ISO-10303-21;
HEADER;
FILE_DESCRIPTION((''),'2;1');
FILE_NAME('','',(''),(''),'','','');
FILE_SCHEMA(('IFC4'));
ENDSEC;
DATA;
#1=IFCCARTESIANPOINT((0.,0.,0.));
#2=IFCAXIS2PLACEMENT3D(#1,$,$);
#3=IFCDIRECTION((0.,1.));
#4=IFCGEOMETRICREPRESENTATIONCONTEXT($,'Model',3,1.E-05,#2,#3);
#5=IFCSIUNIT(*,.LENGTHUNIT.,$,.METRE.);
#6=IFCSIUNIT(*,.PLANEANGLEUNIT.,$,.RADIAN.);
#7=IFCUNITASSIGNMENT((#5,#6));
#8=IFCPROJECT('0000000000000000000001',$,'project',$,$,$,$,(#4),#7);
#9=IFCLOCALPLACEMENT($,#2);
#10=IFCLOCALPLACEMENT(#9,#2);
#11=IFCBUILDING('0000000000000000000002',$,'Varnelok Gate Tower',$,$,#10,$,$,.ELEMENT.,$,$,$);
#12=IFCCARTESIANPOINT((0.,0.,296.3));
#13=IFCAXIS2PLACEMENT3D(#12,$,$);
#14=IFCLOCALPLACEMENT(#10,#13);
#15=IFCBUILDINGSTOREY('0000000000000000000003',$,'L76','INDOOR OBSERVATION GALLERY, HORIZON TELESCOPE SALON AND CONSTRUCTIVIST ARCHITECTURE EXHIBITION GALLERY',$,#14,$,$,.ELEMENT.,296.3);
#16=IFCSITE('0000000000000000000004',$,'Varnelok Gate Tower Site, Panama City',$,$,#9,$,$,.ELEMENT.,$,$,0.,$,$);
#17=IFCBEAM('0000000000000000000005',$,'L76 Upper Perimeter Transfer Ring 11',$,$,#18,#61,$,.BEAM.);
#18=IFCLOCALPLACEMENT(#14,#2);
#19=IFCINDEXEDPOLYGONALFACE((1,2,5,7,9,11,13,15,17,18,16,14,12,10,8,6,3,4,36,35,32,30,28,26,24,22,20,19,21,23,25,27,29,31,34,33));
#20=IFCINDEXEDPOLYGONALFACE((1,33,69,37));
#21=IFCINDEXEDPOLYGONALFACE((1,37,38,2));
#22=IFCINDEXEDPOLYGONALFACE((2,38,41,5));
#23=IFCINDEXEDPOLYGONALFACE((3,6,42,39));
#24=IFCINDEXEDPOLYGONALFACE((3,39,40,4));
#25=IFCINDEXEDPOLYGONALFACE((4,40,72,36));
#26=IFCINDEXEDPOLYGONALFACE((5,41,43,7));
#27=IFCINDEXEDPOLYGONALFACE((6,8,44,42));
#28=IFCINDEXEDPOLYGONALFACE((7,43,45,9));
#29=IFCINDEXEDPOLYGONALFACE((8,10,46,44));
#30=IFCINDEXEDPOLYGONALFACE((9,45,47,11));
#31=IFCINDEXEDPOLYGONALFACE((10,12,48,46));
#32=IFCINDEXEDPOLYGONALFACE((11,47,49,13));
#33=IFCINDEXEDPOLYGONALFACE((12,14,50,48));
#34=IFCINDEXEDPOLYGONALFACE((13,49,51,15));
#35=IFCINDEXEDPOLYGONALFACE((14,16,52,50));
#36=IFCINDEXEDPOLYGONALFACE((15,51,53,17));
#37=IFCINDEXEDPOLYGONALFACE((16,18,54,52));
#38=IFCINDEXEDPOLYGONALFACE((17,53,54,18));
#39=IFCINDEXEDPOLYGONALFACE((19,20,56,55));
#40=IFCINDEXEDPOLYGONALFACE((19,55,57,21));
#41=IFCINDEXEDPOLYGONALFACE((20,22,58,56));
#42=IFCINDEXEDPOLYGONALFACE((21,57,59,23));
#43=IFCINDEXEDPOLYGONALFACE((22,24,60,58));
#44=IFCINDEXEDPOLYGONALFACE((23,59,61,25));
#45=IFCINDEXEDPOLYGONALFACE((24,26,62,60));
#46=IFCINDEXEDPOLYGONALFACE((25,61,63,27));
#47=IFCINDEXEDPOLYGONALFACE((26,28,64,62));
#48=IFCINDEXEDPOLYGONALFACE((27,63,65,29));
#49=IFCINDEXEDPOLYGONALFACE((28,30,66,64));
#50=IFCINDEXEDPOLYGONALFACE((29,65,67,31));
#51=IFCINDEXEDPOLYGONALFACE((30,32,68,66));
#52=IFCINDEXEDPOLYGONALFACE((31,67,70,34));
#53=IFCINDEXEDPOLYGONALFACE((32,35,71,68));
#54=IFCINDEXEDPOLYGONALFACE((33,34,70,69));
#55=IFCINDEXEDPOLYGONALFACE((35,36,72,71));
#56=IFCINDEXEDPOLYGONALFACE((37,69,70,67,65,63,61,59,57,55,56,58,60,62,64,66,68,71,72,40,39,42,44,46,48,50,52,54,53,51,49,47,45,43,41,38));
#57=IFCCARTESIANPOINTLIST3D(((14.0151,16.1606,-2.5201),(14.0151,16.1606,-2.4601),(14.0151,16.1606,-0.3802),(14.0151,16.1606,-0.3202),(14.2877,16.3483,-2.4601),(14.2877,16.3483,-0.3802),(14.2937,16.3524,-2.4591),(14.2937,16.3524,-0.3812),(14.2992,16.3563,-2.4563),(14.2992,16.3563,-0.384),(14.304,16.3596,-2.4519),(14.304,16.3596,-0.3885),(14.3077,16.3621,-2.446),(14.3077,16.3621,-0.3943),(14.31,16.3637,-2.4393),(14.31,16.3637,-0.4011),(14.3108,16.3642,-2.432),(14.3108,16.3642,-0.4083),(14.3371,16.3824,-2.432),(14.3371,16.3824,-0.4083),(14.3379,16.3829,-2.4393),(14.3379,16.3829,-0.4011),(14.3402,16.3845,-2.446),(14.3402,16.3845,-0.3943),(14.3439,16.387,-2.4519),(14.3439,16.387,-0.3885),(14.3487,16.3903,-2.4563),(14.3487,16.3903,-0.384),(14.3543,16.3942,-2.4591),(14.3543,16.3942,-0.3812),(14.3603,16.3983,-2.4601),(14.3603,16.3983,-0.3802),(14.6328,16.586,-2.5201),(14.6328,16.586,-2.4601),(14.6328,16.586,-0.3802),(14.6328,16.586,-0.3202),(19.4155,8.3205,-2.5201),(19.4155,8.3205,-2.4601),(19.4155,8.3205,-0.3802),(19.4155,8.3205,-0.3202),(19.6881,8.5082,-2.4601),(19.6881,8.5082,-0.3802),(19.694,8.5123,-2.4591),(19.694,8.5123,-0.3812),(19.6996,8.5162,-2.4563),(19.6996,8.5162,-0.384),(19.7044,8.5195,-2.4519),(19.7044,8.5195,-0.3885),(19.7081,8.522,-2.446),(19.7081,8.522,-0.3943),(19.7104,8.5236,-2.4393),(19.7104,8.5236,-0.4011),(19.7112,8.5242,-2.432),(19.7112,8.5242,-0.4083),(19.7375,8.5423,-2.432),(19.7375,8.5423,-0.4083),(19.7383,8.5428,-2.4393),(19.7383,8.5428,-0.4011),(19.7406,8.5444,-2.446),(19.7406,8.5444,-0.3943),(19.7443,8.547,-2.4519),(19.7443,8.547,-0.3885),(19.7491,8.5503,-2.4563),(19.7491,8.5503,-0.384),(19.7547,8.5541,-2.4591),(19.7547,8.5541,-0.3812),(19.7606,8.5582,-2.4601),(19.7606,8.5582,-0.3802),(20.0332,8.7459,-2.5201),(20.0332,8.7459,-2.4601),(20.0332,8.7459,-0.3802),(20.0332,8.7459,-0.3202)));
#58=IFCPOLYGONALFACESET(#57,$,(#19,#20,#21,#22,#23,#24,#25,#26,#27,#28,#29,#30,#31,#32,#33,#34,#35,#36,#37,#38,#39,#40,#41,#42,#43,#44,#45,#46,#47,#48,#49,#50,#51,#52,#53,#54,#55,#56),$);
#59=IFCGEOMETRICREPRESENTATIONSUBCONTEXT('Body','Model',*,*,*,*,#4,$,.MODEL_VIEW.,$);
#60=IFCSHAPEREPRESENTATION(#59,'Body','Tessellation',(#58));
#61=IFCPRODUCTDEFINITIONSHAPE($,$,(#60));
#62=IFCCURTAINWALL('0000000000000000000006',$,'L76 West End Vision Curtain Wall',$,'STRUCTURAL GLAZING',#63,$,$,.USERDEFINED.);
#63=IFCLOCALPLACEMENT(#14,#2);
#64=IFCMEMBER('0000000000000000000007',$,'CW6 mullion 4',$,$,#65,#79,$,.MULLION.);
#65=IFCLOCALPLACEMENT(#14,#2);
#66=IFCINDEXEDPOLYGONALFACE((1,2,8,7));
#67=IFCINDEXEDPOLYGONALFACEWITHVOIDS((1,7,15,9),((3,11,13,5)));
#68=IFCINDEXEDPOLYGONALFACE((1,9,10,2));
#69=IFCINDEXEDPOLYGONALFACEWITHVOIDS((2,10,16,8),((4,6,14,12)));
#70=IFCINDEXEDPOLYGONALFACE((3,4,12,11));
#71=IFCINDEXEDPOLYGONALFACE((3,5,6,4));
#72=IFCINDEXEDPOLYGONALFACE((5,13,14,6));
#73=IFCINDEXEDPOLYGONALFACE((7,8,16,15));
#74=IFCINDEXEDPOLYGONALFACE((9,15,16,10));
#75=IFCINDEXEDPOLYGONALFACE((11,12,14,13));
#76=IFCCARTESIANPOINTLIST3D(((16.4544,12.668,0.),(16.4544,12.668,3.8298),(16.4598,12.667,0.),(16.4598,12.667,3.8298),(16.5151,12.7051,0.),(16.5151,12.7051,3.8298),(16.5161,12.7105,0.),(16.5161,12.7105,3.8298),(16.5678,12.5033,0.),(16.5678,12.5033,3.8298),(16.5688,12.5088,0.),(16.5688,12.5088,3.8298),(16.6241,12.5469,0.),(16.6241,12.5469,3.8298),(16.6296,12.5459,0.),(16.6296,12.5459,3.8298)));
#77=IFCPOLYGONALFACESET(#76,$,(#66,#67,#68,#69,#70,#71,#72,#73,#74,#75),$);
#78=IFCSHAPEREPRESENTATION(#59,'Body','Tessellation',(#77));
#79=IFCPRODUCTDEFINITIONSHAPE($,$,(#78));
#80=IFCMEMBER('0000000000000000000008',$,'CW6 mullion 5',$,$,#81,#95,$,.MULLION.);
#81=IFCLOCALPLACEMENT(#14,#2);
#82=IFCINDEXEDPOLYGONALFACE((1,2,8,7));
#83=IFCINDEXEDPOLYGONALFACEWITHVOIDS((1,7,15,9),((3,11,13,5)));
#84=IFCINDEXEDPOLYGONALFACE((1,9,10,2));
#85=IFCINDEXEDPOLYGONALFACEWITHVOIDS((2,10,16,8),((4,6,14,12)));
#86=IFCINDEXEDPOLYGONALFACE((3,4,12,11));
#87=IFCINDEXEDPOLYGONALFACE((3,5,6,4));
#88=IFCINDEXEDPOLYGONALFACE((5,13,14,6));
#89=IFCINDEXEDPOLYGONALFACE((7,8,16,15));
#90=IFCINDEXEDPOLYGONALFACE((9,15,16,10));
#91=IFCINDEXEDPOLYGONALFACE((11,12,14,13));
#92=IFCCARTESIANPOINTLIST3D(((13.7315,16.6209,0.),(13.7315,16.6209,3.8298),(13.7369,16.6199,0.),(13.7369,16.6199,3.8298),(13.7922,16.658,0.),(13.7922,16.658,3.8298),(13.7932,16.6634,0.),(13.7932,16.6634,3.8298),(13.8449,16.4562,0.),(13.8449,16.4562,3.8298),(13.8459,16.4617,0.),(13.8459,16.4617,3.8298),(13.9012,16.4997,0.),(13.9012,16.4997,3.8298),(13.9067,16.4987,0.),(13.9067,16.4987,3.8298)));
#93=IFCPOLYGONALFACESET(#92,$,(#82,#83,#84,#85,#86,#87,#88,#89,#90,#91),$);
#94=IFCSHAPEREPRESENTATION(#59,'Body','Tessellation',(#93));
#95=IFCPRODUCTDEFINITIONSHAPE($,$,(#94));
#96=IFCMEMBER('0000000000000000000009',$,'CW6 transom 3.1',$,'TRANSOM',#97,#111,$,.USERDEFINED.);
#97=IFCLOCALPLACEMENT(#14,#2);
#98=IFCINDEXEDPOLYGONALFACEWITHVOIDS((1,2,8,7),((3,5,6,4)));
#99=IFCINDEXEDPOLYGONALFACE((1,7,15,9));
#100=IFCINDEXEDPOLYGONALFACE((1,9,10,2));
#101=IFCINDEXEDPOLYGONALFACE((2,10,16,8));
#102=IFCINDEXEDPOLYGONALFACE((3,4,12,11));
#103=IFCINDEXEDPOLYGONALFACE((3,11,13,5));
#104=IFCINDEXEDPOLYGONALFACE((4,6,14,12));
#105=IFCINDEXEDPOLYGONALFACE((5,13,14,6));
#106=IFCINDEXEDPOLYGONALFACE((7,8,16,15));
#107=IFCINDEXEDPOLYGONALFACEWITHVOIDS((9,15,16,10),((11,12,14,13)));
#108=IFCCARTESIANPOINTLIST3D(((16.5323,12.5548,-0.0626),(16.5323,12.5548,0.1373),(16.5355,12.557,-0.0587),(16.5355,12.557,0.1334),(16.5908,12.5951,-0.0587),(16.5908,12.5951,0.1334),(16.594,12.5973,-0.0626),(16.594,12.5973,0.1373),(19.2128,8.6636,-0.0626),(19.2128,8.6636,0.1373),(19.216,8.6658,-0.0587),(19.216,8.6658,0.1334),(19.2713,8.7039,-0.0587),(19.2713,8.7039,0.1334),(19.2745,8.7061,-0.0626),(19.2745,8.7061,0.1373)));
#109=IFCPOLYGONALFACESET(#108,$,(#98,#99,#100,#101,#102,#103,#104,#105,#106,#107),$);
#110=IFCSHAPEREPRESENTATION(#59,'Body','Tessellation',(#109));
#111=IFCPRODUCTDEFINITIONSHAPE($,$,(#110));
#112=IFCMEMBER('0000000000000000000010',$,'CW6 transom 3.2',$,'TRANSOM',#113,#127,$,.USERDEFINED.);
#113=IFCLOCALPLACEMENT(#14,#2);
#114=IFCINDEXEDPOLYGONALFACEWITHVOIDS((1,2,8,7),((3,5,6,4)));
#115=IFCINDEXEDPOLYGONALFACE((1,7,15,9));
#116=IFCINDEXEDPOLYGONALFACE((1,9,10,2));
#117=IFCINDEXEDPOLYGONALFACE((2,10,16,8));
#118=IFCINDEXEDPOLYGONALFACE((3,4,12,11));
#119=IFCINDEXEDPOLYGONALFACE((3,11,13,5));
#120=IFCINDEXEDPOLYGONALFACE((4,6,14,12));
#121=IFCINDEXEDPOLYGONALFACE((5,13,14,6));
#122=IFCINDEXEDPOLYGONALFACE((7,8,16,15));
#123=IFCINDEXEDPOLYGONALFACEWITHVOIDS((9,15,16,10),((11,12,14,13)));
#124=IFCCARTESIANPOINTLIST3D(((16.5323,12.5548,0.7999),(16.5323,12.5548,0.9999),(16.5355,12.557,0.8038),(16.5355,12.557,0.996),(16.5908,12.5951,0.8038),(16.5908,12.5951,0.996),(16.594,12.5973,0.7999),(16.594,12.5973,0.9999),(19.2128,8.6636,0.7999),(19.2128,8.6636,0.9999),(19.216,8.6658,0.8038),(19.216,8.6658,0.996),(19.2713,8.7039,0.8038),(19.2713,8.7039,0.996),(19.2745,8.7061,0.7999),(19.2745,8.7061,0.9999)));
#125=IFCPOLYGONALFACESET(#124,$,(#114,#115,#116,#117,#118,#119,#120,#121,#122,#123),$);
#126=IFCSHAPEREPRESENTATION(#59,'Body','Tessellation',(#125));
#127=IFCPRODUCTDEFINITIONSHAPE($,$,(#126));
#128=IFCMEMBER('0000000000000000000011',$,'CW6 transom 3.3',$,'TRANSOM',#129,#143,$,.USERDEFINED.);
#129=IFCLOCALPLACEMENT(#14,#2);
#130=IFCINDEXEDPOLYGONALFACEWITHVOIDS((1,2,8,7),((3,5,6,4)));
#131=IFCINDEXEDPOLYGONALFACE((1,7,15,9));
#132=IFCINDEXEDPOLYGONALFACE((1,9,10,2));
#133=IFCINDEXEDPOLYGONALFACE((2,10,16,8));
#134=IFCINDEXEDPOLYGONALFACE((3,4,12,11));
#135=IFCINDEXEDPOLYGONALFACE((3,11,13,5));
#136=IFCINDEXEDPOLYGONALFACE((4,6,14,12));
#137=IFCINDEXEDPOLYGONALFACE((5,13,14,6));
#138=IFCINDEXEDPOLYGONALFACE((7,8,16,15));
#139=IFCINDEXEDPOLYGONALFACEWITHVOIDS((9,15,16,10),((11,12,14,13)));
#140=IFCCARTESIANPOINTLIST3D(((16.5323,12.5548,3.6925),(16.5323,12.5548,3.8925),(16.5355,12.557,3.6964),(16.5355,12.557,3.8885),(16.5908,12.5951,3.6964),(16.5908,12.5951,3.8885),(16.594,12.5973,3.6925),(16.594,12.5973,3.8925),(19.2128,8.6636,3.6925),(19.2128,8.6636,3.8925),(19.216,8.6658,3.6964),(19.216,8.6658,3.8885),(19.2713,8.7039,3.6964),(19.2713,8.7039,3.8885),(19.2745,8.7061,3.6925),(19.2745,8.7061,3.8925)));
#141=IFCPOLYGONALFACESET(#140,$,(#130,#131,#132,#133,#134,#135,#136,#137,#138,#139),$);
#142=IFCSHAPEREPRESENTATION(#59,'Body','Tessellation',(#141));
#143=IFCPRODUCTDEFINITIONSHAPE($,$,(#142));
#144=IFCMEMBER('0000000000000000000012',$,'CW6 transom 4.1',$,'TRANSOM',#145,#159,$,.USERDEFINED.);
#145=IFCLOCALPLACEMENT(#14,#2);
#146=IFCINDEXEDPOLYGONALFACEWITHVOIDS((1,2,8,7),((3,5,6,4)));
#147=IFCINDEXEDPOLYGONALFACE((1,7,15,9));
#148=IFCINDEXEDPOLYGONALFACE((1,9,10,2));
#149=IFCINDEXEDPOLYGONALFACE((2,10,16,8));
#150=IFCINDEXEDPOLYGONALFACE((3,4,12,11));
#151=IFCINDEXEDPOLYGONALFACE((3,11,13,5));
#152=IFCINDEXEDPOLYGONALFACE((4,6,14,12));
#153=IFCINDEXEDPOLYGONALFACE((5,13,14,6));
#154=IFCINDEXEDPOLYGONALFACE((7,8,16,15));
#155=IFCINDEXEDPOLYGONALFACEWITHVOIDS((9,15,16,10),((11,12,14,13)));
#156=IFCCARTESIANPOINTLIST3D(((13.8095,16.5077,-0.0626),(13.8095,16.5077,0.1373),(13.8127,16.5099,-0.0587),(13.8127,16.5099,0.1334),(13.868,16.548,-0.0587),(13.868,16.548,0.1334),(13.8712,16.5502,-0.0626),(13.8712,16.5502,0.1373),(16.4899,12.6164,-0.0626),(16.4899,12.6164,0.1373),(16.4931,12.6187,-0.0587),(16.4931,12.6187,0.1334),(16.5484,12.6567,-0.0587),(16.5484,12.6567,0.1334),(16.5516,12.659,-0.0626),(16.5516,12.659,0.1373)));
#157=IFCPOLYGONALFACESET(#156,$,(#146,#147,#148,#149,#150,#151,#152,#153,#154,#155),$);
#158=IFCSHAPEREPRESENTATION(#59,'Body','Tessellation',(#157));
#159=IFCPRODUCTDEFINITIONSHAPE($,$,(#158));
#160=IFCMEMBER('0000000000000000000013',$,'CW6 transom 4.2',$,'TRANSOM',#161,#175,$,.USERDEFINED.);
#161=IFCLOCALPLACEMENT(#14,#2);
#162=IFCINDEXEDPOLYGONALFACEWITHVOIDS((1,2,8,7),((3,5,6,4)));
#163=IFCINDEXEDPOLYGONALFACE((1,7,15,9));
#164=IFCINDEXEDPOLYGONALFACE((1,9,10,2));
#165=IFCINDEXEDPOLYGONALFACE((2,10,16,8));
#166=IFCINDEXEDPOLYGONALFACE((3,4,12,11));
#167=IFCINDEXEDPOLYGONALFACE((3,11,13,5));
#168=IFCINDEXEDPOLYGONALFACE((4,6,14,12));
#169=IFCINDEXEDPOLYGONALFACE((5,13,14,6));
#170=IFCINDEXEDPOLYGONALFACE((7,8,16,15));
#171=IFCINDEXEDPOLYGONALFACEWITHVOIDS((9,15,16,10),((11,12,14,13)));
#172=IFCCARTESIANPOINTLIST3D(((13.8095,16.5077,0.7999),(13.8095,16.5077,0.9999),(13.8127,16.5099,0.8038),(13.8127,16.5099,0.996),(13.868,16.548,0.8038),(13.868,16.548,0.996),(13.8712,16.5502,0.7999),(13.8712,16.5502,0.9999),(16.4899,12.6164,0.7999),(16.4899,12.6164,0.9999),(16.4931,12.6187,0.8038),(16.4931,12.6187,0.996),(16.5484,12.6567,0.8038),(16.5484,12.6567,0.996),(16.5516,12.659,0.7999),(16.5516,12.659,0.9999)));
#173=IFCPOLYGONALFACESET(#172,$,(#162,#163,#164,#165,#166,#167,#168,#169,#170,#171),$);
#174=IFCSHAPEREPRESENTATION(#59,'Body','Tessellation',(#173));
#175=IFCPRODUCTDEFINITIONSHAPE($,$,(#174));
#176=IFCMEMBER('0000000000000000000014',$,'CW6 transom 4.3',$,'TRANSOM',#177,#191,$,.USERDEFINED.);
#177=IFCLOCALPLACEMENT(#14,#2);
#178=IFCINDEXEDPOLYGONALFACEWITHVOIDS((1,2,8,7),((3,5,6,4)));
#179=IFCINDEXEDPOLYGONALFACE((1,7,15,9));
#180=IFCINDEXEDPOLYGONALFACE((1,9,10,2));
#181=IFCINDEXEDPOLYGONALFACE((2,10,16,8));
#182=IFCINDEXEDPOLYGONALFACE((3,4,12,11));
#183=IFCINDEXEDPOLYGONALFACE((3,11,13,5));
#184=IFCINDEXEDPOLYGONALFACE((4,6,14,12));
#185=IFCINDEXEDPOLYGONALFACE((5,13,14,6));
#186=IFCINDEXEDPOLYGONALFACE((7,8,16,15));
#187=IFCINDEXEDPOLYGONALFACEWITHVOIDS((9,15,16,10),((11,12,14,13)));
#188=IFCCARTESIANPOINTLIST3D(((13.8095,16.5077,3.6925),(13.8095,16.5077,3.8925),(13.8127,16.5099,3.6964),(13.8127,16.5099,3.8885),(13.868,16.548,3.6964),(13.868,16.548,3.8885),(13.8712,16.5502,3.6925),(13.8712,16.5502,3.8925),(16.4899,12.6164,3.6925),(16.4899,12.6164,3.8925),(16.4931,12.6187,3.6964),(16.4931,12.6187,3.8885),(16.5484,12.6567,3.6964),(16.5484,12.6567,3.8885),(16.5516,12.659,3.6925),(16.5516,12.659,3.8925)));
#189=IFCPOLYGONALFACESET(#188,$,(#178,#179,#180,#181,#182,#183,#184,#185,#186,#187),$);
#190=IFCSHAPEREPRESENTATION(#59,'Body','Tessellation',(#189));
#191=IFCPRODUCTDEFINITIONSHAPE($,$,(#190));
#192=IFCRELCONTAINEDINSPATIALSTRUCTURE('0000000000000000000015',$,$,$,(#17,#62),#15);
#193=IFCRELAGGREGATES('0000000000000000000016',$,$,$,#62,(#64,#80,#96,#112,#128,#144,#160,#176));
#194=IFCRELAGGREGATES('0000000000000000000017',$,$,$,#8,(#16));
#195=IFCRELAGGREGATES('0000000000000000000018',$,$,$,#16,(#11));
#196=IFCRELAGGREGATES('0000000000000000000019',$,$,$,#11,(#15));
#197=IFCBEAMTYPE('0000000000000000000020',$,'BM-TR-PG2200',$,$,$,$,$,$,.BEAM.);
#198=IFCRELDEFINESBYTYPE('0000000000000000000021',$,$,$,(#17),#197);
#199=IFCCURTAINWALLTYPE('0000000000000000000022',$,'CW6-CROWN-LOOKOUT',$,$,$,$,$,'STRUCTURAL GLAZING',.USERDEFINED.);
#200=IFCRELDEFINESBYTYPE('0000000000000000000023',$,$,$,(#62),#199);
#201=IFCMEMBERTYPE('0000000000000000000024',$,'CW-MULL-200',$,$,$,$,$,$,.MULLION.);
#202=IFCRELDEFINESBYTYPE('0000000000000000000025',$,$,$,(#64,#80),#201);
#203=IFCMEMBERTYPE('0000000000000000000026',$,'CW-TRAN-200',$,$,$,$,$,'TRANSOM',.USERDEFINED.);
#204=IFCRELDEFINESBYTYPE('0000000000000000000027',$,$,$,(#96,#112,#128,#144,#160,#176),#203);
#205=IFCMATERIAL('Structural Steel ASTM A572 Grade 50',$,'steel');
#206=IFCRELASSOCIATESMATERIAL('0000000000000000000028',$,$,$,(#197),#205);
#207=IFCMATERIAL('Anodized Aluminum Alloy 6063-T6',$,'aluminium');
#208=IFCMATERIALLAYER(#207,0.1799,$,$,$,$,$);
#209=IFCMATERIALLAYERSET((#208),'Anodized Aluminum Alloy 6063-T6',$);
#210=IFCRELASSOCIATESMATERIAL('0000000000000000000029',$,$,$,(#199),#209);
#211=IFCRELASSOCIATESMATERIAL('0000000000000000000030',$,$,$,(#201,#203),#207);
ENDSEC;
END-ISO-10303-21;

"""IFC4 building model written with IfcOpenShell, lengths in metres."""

from ifc_helpers import new_model, si_unit, direction, frame, origin, origin_2d, place, context, subcontext, project, spatial, hollow_rectangle, i_section, extrude, material, layer, layer_set, material_profile, profile_set, type_object, element, aggregate, save


model = new_model("IFC4")

# Units and contexts
model_context = context("Model", 3, precision=1e-05, world=origin(), true_north=direction((0.0, 1.0)))
body_context = subcontext(model_context, "Body", "Model", "MODEL_VIEW")
ifc_project = project(units=[si_unit("LENGTHUNIT", "METRE"), si_unit("PLANEANGLEUNIT", "RADIAN")], contexts=[model_context])

# Site, building, storey
site_placement = place(None, origin())
site = spatial("IfcSite", under=ifc_project, at=site_placement, Name="Varnelok Gate Tower Site, Panama City", CompositionType="ELEMENT", RefElevation=0.0)
building_placement = place(site_placement, origin())
building = spatial("IfcBuilding", under=site, at=building_placement, Name="Varnelok Gate Tower", CompositionType="ELEMENT")
storey_placement = place(building_placement, frame((0.0, 0.0, 296.3)))
storey = spatial("IfcBuildingStorey", under=building, at=storey_placement, Name="L76", Description="INDOOR OBSERVATION GALLERY, HORIZON TELESCOPE SALON AND CONSTRUCTIVIST ARCHITECTURE EXHIBITION GALLERY", CompositionType="ELEMENT", Elevation=296.3)

# Beam
ifc_material_1 = material(Name="Structural Steel ASTM A572 Grade 50", Category="steel")
ifc_material_profile_1 = material_profile(ifc_material_1, i_section(OverallWidth=0.75, OverallDepth=2.2, WebThickness=0.032, FlangeThickness=0.0601, FilletRadius=0.0281, at=origin_2d()), Name="PG2200X750")
ifc_profile_set_1 = profile_set([ifc_material_profile_1], Name="Structural Steel ASTM A572 Grade 50")
beam_type = type_object("IfcBeamType", Name="BM-TR-PG2200", PredefinedType="BEAM", material=ifc_profile_set_1)
beam_1_placement = place(storey_placement, frame((14.324, 16.3733, -1.4202), z_axis=(0.567265, -0.823535, 0.0), x_axis=(0.823535, 0.567265, 0.0)))
element("IfcBeam", 1, at=beam_1_placement, inside=storey, type_object=beam_type, Name="L76 Upper Perimeter Transfer Ring 11", PredefinedType="BEAM", context=body_context, shape_type="SweptSolid", body=[
    extrude(i_section(OverallWidth=0.75, OverallDepth=2.2, WebThickness=0.032, FlangeThickness=0.0601, FilletRadius=0.0281, at=origin_2d()), origin(), (0.0, 0.0, 1.0), 9.52),
])

# Curtain wall, members
ifc_material_2 = material(Name="Anodized Aluminum Alloy 6063-T6", Category="aluminium")
ifc_layer_1 = layer(ifc_material_2, 0.1799)
ifc_layer_set_1 = layer_set([ifc_layer_1], Name="Anodized Aluminum Alloy 6063-T6")
curtain_wall_type = type_object("IfcCurtainWallType", Name="CW6-CROWN-LOOKOUT", ElementType="STRUCTURAL GLAZING", PredefinedType="USERDEFINED", material=ifc_layer_set_1)
curtain_wall_placement = place(storey_placement, origin())
curtain_wall = element("IfcCurtainWall", 2, at=curtain_wall_placement, inside=storey, type_object=curtain_wall_type, Name="L76 West End Vision Curtain Wall", ObjectType="STRUCTURAL GLAZING", PredefinedType="USERDEFINED")
ifc_material_profile_2 = material_profile(ifc_material_2, hollow_rectangle(XDim=0.075, YDim=0.2, WallThickness=0.0039, at=origin_2d()), Name="ALU200X75X4")
ifc_profile_set_2 = profile_set([ifc_material_profile_2], Name="Anodized Aluminum Alloy 6063-T6")
member_type_1 = type_object("IfcMemberType", Name="CW-MULL-200", PredefinedType="MULLION", material=ifc_profile_set_2)
member_1_placement = place(storey_placement, frame((16.542, 12.6069, 0.0), z_axis=(0.0, 0.0, 1.0), x_axis=(-0.823532, -0.56727, 0.0)))
member_1 = element("IfcMember", 3, at=member_1_placement, type_object=member_type_1, Name="CW6 mullion 4", PredefinedType="MULLION", context=body_context, shape_type="SweptSolid", body=[
    extrude(hollow_rectangle(XDim=0.075, YDim=0.2, WallThickness=0.0039, at=origin_2d()), origin(), (0.0, 0.0, 1.0), 3.8298),
])
member_2_placement = place(storey_placement, frame((13.8191, 16.5598, 0.0), z_axis=(0.0, 0.0, 1.0), x_axis=(-0.823532, -0.56727, 0.0)))
member_2 = element("IfcMember", 4, at=member_2_placement, type_object=member_type_1, Name="CW6 mullion 5", PredefinedType="MULLION", context=body_context, shape_type="SweptSolid", body=[
    extrude(hollow_rectangle(XDim=0.075, YDim=0.2, WallThickness=0.0039, at=origin_2d()), origin(), (0.0, 0.0, 1.0), 3.8298),
])
ifc_material_profile_3 = material_profile(ifc_material_2, hollow_rectangle(XDim=0.075, YDim=0.2, WallThickness=0.0039, at=origin_2d()), Name="ALU200X75X4")
ifc_profile_set_3 = profile_set([ifc_material_profile_3], Name="Anodized Aluminum Alloy 6063-T6")
member_type_2 = type_object("IfcMemberType", Name="CW-TRAN-200", ElementType="TRANSOM", PredefinedType="USERDEFINED", material=ifc_profile_set_3)
member_3_placement = place(storey_placement, frame((19.2437, 8.6848, 0.0374), z_axis=(-0.567287, 0.82352, 0.0), x_axis=(-0.82352, -0.567287, 0.0)))
member_3 = element("IfcMember", 5, at=member_3_placement, type_object=member_type_2, Name="CW6 transom 3.1", ObjectType="TRANSOM", PredefinedType="USERDEFINED", context=body_context, shape_type="SweptSolid", body=[
    extrude(hollow_rectangle(XDim=0.075, YDim=0.2, WallThickness=0.0039, at=origin_2d()), origin(), (0.0, 0.0, 1.0), 4.7251),
])
member_4_placement = place(storey_placement, frame((19.2437, 8.6848, 0.8999), z_axis=(-0.567287, 0.82352, 0.0), x_axis=(-0.82352, -0.567287, 0.0)))
member_4 = element("IfcMember", 6, at=member_4_placement, type_object=member_type_2, Name="CW6 transom 3.2", ObjectType="TRANSOM", PredefinedType="USERDEFINED", context=body_context, shape_type="SweptSolid", body=[
    extrude(hollow_rectangle(XDim=0.075, YDim=0.2, WallThickness=0.0039, at=origin_2d()), origin(), (0.0, 0.0, 1.0), 4.7251),
])
member_5_placement = place(storey_placement, frame((19.2437, 8.6848, 3.7925), z_axis=(-0.567287, 0.82352, 0.0), x_axis=(-0.82352, -0.567287, 0.0)))
member_5 = element("IfcMember", 7, at=member_5_placement, type_object=member_type_2, Name="CW6 transom 3.3", ObjectType="TRANSOM", PredefinedType="USERDEFINED", context=body_context, shape_type="SweptSolid", body=[
    extrude(hollow_rectangle(XDim=0.075, YDim=0.2, WallThickness=0.0039, at=origin_2d()), origin(), (0.0, 0.0, 1.0), 4.7251),
])
member_6_placement = place(storey_placement, frame((16.5208, 12.6377, 0.0374), z_axis=(-0.567263, 0.823537, 0.0), x_axis=(-0.823537, -0.567263, 0.0)))
member_6 = element("IfcMember", 8, at=member_6_placement, type_object=member_type_2, Name="CW6 transom 4.1", ObjectType="TRANSOM", PredefinedType="USERDEFINED", context=body_context, shape_type="SweptSolid", body=[
    extrude(hollow_rectangle(XDim=0.075, YDim=0.2, WallThickness=0.0039, at=origin_2d()), origin(), (0.0, 0.0, 1.0), 4.7251),
])
member_7_placement = place(storey_placement, frame((16.5208, 12.6377, 0.8999), z_axis=(-0.567263, 0.823537, 0.0), x_axis=(-0.823537, -0.567263, 0.0)))
member_7 = element("IfcMember", 9, at=member_7_placement, type_object=member_type_2, Name="CW6 transom 4.2", ObjectType="TRANSOM", PredefinedType="USERDEFINED", context=body_context, shape_type="SweptSolid", body=[
    extrude(hollow_rectangle(XDim=0.075, YDim=0.2, WallThickness=0.0039, at=origin_2d()), origin(), (0.0, 0.0, 1.0), 4.7251),
])
member_8_placement = place(storey_placement, frame((16.5208, 12.6377, 3.7925), z_axis=(-0.567263, 0.823537, 0.0), x_axis=(-0.823537, -0.567263, 0.0)))
member_8 = element("IfcMember", 10, at=member_8_placement, type_object=member_type_2, Name="CW6 transom 4.3", ObjectType="TRANSOM", PredefinedType="USERDEFINED", context=body_context, shape_type="SweptSolid", body=[
    extrude(hollow_rectangle(XDim=0.075, YDim=0.2, WallThickness=0.0039, at=origin_2d()), origin(), (0.0, 0.0, 1.0), 4.7251),
])

aggregate(curtain_wall, [member_1, member_2, member_3, member_4, member_5, member_6, member_7, member_8])

save(model, "model.ifc")
